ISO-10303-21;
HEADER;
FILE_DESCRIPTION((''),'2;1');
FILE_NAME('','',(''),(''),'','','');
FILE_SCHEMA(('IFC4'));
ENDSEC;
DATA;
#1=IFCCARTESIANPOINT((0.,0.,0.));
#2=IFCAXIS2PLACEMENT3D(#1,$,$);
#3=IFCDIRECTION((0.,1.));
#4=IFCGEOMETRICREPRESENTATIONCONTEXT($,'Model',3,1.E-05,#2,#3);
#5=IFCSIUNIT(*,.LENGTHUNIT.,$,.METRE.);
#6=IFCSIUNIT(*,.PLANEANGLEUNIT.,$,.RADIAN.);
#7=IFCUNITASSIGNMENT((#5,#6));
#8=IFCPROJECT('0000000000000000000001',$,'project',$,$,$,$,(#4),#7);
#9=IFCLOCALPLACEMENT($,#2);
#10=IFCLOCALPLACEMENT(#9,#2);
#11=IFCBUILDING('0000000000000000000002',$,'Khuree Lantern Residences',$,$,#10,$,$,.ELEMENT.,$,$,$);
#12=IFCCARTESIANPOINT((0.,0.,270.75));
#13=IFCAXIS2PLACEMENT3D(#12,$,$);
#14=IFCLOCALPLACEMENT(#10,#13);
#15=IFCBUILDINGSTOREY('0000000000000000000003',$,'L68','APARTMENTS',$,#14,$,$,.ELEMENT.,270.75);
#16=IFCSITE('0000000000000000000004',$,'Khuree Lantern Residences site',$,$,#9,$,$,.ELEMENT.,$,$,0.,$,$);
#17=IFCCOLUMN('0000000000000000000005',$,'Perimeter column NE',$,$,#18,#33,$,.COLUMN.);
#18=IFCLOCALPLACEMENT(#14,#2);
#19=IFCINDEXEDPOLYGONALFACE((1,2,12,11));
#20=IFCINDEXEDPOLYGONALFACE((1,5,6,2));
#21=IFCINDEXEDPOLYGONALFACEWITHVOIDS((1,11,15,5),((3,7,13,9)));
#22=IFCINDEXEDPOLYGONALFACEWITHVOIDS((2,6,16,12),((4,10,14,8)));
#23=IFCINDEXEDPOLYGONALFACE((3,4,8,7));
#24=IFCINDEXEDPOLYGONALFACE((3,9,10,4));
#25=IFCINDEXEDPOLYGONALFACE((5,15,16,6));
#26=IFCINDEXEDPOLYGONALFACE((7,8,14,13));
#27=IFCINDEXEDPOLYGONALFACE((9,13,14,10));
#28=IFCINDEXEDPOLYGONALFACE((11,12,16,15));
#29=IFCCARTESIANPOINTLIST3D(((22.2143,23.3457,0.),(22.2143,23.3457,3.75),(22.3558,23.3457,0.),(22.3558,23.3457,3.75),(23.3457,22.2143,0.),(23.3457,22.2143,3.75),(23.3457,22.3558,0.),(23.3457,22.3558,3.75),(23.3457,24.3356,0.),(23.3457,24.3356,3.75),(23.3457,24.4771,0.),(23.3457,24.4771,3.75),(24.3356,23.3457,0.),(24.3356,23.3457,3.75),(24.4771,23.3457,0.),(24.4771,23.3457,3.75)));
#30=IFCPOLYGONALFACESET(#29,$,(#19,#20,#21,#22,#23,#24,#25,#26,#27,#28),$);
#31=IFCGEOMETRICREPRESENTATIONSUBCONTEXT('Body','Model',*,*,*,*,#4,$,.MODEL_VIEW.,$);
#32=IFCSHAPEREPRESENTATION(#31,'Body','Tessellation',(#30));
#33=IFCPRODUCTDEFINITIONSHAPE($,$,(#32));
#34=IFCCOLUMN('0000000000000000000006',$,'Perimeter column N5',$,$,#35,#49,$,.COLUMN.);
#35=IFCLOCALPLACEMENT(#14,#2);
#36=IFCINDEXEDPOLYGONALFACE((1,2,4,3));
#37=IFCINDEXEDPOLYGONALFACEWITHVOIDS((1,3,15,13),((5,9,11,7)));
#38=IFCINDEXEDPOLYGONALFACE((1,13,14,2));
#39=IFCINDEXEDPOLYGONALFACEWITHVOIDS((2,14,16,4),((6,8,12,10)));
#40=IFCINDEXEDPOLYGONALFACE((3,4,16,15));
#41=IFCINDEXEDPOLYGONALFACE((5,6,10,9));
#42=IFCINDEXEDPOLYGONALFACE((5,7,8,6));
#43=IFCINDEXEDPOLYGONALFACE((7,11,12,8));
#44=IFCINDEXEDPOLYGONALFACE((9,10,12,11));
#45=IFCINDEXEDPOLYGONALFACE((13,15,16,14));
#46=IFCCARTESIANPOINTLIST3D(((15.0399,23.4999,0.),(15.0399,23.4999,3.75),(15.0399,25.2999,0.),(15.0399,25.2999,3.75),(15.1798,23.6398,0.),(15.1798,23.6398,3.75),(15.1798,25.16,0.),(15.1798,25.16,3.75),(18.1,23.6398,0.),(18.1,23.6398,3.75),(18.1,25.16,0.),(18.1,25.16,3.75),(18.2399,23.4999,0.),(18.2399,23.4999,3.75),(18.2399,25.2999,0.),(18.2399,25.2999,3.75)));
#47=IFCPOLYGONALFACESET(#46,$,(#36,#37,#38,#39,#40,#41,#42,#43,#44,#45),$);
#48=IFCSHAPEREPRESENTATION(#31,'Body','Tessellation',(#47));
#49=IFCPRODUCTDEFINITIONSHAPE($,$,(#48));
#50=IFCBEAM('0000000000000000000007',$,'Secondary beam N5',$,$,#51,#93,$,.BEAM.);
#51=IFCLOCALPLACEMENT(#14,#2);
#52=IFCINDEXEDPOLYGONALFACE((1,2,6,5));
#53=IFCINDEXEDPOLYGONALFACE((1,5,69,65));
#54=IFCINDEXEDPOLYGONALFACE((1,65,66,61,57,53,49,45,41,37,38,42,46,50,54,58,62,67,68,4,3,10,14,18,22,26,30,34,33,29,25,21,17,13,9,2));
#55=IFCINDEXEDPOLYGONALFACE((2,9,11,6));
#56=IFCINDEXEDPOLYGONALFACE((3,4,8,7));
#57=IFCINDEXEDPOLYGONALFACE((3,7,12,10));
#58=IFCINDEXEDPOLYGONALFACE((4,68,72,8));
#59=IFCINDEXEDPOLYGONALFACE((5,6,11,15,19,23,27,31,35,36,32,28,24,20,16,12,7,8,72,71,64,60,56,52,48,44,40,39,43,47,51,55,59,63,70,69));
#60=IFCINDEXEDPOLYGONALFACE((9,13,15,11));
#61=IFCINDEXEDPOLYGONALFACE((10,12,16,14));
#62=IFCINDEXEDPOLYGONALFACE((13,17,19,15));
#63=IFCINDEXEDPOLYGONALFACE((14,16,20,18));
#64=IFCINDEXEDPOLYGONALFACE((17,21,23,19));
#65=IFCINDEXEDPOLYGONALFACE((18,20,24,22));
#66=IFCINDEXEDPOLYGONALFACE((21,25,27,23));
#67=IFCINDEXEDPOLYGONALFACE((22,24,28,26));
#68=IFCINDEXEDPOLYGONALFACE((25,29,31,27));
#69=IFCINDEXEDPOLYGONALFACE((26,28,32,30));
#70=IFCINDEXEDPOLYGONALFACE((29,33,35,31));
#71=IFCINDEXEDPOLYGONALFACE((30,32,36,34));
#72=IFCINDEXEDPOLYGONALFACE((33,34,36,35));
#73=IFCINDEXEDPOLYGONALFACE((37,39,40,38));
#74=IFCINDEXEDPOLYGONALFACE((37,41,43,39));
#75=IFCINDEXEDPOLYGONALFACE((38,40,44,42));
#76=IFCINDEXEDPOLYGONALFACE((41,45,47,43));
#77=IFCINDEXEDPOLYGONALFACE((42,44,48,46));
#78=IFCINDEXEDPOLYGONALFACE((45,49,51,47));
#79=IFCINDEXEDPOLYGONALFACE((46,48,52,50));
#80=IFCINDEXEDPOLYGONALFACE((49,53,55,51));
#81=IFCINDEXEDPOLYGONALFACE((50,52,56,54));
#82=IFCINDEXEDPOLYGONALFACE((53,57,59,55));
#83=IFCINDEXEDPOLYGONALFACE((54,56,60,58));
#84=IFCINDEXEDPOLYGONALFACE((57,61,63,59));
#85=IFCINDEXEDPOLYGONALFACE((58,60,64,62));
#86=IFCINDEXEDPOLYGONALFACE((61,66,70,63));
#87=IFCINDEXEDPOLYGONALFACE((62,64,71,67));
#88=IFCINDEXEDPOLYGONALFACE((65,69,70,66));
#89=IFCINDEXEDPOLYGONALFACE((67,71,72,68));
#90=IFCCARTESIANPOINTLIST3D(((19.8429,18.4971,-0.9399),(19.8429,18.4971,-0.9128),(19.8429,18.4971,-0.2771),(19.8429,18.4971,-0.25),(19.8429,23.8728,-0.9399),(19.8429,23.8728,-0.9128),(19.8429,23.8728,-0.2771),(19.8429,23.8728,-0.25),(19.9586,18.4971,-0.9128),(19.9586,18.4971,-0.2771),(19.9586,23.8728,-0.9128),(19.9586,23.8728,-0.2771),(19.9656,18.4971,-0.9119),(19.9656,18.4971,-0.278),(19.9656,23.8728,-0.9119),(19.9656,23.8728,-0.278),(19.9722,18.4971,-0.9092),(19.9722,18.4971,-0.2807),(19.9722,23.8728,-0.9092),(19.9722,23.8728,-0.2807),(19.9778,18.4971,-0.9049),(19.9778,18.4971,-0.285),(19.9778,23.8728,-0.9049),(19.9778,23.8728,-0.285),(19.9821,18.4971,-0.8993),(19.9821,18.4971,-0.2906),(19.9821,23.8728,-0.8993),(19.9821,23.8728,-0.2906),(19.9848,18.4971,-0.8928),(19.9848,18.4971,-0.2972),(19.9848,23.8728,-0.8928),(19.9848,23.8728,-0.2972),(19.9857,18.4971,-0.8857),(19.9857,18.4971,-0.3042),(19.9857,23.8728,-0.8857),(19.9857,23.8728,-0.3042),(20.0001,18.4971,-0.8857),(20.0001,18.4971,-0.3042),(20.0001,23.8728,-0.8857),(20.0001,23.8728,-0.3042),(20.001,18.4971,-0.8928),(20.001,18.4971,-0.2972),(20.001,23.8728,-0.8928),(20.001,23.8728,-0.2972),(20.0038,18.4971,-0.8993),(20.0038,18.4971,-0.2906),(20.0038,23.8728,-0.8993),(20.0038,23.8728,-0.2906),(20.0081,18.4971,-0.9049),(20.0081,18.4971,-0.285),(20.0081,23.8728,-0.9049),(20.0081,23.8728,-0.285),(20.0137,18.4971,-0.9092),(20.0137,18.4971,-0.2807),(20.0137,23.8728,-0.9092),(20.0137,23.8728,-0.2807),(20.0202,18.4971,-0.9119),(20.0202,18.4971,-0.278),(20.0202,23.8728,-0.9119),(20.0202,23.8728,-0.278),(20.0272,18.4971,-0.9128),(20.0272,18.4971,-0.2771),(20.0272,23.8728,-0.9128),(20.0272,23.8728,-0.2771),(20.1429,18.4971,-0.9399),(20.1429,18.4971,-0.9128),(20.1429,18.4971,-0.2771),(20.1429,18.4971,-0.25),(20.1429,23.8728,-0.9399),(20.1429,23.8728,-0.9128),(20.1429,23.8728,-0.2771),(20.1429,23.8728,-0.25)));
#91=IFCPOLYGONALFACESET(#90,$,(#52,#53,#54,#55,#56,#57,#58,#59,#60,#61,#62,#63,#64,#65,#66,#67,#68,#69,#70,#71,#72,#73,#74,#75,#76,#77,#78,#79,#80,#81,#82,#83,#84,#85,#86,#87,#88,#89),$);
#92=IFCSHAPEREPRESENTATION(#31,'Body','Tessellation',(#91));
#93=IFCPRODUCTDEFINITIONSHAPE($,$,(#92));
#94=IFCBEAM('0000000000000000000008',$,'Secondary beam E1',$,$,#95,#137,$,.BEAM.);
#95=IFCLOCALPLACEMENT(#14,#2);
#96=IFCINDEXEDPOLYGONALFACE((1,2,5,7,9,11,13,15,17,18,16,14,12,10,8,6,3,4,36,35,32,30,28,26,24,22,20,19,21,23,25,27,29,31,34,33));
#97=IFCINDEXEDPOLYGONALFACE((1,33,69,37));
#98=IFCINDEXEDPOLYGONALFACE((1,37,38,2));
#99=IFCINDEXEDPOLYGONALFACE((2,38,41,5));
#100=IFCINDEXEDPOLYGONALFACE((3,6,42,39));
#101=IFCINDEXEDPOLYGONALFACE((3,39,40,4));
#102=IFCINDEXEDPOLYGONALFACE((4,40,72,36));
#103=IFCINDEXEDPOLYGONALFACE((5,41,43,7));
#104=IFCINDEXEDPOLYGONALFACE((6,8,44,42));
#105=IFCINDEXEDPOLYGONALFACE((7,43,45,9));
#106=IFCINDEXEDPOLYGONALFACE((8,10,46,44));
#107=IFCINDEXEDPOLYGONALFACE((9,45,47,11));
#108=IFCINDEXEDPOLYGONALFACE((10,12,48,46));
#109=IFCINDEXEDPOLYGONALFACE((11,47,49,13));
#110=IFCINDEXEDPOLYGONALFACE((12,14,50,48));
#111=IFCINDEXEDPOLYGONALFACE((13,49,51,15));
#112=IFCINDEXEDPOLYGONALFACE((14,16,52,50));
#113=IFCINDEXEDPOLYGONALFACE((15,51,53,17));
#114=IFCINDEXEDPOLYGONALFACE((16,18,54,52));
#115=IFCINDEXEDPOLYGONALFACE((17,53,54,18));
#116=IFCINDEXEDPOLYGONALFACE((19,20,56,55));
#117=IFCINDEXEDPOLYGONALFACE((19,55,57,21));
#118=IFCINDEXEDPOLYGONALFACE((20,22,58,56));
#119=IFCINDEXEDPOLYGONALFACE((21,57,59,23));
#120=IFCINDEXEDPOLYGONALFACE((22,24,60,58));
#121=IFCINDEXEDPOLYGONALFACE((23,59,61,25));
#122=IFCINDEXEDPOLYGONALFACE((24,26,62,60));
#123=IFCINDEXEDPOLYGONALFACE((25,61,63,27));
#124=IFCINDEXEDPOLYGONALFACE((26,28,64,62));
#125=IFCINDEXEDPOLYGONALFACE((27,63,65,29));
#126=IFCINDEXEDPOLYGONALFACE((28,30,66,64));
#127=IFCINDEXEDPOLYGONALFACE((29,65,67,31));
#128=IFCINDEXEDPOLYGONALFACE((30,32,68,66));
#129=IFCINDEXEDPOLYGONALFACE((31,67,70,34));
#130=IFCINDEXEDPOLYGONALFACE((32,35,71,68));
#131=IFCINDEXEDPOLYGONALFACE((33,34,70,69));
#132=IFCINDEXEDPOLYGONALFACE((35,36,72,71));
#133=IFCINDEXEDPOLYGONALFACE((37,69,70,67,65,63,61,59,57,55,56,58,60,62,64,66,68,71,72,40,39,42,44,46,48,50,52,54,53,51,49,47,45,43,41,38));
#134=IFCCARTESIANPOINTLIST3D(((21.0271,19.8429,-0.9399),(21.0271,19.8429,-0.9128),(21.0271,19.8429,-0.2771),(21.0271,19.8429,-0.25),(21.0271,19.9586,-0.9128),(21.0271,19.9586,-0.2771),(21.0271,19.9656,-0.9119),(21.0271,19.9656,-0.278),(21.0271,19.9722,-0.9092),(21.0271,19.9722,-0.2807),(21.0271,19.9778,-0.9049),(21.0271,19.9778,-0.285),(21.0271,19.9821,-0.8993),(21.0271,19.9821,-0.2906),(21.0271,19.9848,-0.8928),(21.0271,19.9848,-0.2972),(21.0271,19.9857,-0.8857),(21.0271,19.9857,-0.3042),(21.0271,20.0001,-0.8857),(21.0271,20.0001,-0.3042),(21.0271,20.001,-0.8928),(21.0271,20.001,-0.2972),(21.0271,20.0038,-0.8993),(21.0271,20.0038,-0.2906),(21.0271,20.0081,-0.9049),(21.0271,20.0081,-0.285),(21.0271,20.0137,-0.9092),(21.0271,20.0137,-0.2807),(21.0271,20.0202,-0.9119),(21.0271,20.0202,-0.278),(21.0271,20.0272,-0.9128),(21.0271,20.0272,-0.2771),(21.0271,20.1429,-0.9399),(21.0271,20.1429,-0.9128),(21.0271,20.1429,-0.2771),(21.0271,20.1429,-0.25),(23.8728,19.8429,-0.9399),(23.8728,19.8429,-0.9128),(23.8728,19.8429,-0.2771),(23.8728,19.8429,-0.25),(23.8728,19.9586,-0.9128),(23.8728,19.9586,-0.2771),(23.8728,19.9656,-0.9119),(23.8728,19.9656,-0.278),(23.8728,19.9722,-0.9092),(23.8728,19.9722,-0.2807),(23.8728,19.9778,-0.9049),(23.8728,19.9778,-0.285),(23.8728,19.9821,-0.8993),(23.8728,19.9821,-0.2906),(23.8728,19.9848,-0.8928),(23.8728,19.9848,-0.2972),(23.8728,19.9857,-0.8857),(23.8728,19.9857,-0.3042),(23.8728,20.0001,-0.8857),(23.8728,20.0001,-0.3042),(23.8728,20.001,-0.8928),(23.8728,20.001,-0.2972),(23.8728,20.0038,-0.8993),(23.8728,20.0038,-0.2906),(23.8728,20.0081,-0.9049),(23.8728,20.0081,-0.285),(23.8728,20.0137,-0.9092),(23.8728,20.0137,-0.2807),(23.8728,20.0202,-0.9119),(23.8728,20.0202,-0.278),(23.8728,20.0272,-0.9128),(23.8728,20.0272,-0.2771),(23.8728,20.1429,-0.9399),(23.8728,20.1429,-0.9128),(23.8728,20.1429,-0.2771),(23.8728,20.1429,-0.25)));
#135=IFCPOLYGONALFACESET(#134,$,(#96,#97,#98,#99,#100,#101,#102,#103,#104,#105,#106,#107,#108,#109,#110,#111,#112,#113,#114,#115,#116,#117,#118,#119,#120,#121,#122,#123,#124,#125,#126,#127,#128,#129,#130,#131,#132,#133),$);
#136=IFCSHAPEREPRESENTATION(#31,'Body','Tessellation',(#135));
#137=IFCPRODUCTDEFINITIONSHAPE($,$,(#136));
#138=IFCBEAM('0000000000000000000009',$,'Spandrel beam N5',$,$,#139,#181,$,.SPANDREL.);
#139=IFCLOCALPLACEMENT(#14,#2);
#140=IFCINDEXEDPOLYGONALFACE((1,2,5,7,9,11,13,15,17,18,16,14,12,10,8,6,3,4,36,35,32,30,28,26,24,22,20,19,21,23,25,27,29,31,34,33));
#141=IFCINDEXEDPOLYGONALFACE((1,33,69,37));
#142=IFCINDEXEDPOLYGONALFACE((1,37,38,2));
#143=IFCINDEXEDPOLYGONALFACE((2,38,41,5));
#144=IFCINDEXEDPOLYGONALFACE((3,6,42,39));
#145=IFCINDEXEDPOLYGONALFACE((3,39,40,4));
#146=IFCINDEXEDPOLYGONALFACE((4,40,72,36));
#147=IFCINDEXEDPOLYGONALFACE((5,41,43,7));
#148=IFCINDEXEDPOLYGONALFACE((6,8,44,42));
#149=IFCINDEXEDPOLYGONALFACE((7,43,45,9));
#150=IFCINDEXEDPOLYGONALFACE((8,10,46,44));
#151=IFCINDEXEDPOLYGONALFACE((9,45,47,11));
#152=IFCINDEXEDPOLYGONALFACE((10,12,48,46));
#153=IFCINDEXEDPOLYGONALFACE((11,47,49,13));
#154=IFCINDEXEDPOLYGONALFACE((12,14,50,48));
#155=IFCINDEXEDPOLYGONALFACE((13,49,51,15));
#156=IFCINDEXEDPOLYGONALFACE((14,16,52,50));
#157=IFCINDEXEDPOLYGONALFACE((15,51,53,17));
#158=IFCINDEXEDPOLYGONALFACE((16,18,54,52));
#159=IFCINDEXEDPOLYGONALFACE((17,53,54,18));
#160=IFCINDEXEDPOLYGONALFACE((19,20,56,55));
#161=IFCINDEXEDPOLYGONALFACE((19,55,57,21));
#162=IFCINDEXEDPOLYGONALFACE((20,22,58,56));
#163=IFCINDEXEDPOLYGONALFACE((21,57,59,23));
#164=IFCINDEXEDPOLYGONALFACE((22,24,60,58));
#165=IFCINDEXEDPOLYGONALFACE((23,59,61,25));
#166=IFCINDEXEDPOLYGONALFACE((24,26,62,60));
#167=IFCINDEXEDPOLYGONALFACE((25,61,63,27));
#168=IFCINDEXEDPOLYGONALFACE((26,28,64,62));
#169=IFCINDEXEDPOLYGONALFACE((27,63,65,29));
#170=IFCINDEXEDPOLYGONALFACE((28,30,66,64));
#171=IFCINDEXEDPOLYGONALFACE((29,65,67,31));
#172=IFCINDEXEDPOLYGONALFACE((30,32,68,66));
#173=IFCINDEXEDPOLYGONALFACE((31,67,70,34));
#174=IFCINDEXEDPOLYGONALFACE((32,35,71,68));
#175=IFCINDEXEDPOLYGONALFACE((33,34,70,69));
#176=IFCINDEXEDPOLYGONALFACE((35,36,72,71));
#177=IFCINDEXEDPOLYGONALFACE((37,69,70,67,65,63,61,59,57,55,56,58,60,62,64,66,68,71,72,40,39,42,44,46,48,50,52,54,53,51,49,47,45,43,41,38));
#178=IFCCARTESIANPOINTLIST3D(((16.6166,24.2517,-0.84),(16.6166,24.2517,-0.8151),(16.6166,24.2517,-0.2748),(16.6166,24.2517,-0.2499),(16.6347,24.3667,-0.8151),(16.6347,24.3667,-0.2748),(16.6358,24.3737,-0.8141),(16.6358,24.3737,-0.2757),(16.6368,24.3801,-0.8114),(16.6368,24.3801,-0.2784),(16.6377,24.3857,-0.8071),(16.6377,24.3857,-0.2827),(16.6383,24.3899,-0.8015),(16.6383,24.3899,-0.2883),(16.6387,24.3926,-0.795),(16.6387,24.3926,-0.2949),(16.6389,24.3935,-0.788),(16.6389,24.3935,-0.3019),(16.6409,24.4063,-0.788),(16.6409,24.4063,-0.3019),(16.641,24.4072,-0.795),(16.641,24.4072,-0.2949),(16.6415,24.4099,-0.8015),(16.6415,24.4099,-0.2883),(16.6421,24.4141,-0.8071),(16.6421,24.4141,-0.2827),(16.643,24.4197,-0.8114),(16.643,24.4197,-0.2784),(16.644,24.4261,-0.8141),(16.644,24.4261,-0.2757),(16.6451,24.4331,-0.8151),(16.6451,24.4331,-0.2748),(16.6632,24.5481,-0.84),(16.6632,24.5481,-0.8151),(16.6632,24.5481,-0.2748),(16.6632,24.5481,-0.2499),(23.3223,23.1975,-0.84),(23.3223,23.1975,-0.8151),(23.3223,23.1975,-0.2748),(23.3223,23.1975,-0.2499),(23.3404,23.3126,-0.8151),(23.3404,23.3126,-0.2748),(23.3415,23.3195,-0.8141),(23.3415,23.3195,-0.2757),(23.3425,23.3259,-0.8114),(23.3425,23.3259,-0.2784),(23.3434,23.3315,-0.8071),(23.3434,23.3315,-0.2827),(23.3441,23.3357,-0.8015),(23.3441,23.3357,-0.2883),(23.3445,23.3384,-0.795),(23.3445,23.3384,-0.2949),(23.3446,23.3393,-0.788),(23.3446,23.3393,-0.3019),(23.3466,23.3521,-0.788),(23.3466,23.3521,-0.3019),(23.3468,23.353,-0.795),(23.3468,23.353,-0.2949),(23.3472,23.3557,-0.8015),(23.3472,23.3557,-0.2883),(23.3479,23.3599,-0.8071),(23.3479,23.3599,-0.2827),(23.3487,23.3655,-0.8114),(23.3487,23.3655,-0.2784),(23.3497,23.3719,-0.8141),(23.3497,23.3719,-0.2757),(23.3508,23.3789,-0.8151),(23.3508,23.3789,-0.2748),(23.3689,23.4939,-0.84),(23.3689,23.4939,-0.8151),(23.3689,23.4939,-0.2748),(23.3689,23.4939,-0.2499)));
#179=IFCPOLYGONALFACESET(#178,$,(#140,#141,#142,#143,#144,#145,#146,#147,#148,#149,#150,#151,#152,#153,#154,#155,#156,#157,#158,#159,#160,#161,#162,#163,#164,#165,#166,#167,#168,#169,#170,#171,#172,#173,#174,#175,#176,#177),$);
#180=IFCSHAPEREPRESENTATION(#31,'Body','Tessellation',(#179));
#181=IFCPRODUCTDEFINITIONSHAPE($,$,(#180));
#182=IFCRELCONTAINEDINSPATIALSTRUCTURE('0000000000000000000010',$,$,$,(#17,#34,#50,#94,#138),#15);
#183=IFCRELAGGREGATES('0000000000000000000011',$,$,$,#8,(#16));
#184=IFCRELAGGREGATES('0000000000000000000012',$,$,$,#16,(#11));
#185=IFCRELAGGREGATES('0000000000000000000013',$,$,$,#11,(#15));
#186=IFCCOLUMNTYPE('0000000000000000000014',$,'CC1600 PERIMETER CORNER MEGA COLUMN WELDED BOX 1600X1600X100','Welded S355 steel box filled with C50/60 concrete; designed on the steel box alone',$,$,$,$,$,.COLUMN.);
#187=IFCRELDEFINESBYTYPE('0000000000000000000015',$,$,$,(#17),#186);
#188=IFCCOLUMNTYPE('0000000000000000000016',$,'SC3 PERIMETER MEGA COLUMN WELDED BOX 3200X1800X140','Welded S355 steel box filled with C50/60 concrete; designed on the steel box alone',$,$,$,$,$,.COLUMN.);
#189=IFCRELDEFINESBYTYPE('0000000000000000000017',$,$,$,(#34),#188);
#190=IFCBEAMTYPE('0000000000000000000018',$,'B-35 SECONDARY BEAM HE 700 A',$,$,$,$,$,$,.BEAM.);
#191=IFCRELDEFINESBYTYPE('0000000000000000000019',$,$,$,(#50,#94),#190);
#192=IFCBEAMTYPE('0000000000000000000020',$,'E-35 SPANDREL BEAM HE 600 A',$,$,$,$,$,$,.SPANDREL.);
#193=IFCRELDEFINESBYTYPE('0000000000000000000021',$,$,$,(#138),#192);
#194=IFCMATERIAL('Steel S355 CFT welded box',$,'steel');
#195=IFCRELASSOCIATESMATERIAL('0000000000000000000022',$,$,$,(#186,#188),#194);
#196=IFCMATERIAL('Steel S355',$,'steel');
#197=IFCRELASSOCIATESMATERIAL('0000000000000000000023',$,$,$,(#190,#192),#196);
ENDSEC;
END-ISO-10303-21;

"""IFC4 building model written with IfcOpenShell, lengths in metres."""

from ifc_helpers import new_model, si_unit, direction, frame, origin, origin_2d, place, context, subcontext, project, spatial, hollow_rectangle, i_section, extrude, material, material_profile, profile_set, type_object, element, save


model = new_model("IFC4")

# Units and contexts
model_context = context("Model", 3, precision=1e-05, world=origin(), true_north=direction((0.0, 1.0)))
body_context = subcontext(model_context, "Body", "Model", "MODEL_VIEW")
ifc_project = project(units=[si_unit("LENGTHUNIT", "METRE"), si_unit("PLANEANGLEUNIT", "RADIAN")], contexts=[model_context])

# Site, building, storey
site_placement = place(None, origin())
site = spatial("IfcSite", under=ifc_project, at=site_placement, Name="Khuree Lantern Residences site", CompositionType="ELEMENT", RefElevation=0.0)
building_placement = place(site_placement, origin())
building = spatial("IfcBuilding", under=site, at=building_placement, Name="Khuree Lantern Residences", CompositionType="ELEMENT")
storey_placement = place(building_placement, frame((0.0, 0.0, 270.75)))
storey = spatial("IfcBuildingStorey", under=building, at=storey_placement, Name="L68", Description="APARTMENTS", CompositionType="ELEMENT", Elevation=270.75)

# Columns
ifc_material_1 = material(Name="Steel S355 CFT welded box", Category="steel")
ifc_material_profile_1 = material_profile(ifc_material_1, hollow_rectangle(XDim=1.6001, YDim=1.6001, WallThickness=0.1001, at=origin_2d()), Name="WELDED BOX 1600X1600X100")
ifc_profile_set_1 = profile_set([ifc_material_profile_1], Name="Steel S355 CFT welded box")
column_type_1 = type_object("IfcColumnType", Name="CC1600 PERIMETER CORNER MEGA COLUMN WELDED BOX 1600X1600X100", Description="Welded S355 steel box filled with C50/60 concrete; designed on the steel box alone", PredefinedType="COLUMN", material=ifc_profile_set_1)
column_1_placement = place(storey_placement, frame((23.3457, 23.3457, 0.0), z_axis=(0.0, 0.0, 1.0), x_axis=(0.707107, -0.707107, 0.0)))
element("IfcColumn", 1, at=column_1_placement, inside=storey, type_object=column_type_1, Name="Perimeter column NE", PredefinedType="COLUMN", context=body_context, shape_type="SweptSolid", body=[
    extrude(hollow_rectangle(XDim=1.6001, YDim=1.6001, WallThickness=0.1001, at=origin_2d()), origin(), (0.0, 0.0, 1.0), 3.75),
])
ifc_material_profile_2 = material_profile(ifc_material_1, hollow_rectangle(XDim=3.2, YDim=1.8, WallThickness=0.1399, at=origin_2d()), Name="WELDED BOX 3200X1800X140")
ifc_profile_set_2 = profile_set([ifc_material_profile_2], Name="Steel S355 CFT welded box")
column_type_2 = type_object("IfcColumnType", Name="SC3 PERIMETER MEGA COLUMN WELDED BOX 3200X1800X140", Description="Welded S355 steel box filled with C50/60 concrete; designed on the steel box alone", PredefinedType="COLUMN", material=ifc_profile_set_2)
column_2_placement = place(storey_placement, frame((16.6399, 24.3999, 0.0), z_axis=(0.0, 0.0, 1.0), x_axis=(1.0, 0.0, 0.0)))
element("IfcColumn", 2, at=column_2_placement, inside=storey, type_object=column_type_2, Name="Perimeter column N5", PredefinedType="COLUMN", context=body_context, shape_type="SweptSolid", body=[
    extrude(hollow_rectangle(XDim=3.2, YDim=1.8, WallThickness=0.1399, at=origin_2d()), origin(), (0.0, 0.0, 1.0), 3.75),
])

# Beams
ifc_material_2 = material(Name="Steel S355", Category="steel")
ifc_material_profile_3 = material_profile(ifc_material_2, i_section(OverallWidth=0.3, OverallDepth=0.6899, WebThickness=0.0144, FlangeThickness=0.0271, FilletRadius=0.0271, at=origin_2d()), Name="HE 700 A")
ifc_profile_set_3 = profile_set([ifc_material_profile_3], Name="Steel S355")
beam_type_1 = type_object("IfcBeamType", Name="B-35 SECONDARY BEAM HE 700 A", PredefinedType="BEAM", material=ifc_profile_set_3)
beam_1_placement = place(storey_placement, frame((19.9929, 23.8728, -0.595), z_axis=(0.0, -1.0, 0.0), x_axis=(1.0, 0.0, 0.0)))
element("IfcBeam", 3, at=beam_1_placement, inside=storey, type_object=beam_type_1, Name="Secondary beam N5", PredefinedType="BEAM", context=body_context, shape_type="SweptSolid", body=[
    extrude(i_section(OverallWidth=0.3, OverallDepth=0.6899, WebThickness=0.0144, FlangeThickness=0.0271, FilletRadius=0.0271, at=origin_2d()), origin(), (0.0, 0.0, 1.0), 5.3757),
])
beam_2_placement = place(storey_placement, frame((23.8728, 19.9929, -0.595), z_axis=(-1.0, 0.0, 0.0), x_axis=(0.0, -1.0, 0.0)))
element("IfcBeam", 4, at=beam_2_placement, inside=storey, type_object=beam_type_1, Name="Secondary beam E1", PredefinedType="BEAM", context=body_context, shape_type="SweptSolid", body=[
    extrude(i_section(OverallWidth=0.3, OverallDepth=0.6899, WebThickness=0.0144, FlangeThickness=0.0271, FilletRadius=0.0271, at=origin_2d()), origin(), (0.0, 0.0, 1.0), 2.8457),
])
ifc_material_profile_4 = material_profile(ifc_material_2, i_section(OverallWidth=0.3, OverallDepth=0.5901, WebThickness=0.0129, FlangeThickness=0.0249, FilletRadius=0.0271, at=origin_2d()), Name="HE 600 A")
ifc_profile_set_4 = profile_set([ifc_material_profile_4], Name="Steel S355")
beam_type_2 = type_object("IfcBeamType", Name="E-35 SPANDREL BEAM HE 600 A", PredefinedType="SPANDREL", material=ifc_profile_set_4)
for number, where, z_axis, x_axis, name in (
    (5, (16.6399, 24.3999, -0.5449), (0.987867, -0.1553, 0.0), (0.1553, 0.987867, 0.0), "Spandrel beam N5"),
):
    element("IfcBeam", number, at=place(storey_placement, frame(where, z_axis=z_axis, x_axis=x_axis)), inside=storey, type_object=beam_type_2, Name=name, PredefinedType="SPANDREL", context=body_context, shape_type="SweptSolid", body=[
        extrude(i_section(OverallWidth=0.3, OverallDepth=0.5901, WebThickness=0.0129, FlangeThickness=0.0249, FilletRadius=0.0271, at=origin_2d()), origin(), (0.0, 0.0, 1.0), 6.7881),
    ])

save(model, "model.ifc")
